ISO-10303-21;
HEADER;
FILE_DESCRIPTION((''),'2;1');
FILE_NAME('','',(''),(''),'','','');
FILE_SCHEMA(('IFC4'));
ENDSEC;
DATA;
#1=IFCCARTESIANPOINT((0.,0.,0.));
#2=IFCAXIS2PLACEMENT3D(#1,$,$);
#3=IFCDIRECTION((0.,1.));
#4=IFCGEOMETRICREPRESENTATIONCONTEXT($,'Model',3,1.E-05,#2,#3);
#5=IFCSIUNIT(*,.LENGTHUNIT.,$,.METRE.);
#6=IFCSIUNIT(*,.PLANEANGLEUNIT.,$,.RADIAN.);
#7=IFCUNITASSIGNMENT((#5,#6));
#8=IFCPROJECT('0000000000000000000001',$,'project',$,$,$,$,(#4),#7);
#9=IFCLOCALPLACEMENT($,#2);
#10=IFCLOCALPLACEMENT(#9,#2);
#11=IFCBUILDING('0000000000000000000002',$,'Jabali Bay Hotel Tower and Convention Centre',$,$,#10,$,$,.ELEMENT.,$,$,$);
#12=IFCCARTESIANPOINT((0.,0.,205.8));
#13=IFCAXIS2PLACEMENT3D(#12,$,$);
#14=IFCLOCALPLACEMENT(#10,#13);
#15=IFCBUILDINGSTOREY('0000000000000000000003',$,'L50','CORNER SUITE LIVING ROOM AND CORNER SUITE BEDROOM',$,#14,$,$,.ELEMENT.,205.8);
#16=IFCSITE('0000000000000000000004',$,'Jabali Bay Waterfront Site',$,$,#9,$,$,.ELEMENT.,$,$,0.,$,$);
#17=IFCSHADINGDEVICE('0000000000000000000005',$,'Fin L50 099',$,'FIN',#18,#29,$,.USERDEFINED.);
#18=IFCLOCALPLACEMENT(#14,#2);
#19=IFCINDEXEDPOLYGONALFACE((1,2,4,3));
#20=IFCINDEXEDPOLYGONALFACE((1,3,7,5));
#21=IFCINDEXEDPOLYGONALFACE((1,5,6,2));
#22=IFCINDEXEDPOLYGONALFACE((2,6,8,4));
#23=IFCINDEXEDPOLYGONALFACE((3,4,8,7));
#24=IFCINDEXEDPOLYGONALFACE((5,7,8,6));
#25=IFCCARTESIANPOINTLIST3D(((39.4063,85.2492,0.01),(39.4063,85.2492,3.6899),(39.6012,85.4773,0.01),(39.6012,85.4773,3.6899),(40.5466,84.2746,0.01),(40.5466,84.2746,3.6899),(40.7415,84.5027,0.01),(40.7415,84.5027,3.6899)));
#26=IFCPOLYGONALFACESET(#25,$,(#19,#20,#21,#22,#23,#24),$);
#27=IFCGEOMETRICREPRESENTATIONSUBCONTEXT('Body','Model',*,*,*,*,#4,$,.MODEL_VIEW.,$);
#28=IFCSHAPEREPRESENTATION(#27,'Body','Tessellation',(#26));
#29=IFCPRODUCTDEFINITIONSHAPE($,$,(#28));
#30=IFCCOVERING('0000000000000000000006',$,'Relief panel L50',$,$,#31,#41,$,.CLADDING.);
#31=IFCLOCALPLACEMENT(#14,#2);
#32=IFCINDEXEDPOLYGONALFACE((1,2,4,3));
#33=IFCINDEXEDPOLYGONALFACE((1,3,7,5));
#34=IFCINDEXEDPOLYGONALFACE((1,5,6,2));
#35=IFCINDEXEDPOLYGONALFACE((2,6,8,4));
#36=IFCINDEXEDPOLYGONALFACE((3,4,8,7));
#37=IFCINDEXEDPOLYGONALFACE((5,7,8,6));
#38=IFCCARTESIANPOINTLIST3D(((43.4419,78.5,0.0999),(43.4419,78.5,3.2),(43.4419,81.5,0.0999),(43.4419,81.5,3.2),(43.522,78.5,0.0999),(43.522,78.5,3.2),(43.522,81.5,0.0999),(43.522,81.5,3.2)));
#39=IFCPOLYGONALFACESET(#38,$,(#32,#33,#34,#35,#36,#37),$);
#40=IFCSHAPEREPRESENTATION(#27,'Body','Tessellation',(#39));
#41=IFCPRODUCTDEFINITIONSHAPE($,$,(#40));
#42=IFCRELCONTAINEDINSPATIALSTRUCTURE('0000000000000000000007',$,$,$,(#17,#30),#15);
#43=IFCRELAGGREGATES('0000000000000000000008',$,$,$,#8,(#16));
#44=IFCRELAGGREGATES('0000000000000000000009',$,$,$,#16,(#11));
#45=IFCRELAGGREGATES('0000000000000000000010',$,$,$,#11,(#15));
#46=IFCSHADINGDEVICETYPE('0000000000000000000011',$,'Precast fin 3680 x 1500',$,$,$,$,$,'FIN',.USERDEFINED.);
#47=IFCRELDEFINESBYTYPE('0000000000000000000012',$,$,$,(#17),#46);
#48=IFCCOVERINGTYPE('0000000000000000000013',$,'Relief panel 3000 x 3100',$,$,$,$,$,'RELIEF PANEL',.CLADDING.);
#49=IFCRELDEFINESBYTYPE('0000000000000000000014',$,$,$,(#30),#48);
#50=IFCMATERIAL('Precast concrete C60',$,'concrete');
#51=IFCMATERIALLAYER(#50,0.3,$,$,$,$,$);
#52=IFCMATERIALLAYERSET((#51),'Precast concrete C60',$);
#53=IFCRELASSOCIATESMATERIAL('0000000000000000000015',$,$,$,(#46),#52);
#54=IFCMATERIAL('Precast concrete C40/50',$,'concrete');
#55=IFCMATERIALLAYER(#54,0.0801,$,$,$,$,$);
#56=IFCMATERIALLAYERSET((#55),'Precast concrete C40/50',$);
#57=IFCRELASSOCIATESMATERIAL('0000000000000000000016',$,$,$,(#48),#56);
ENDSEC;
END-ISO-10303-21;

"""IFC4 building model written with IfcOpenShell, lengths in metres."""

from ifc_helpers import new_model, si_unit, direction, frame, frame_2d, origin, origin_2d, place, context, subcontext, project, spatial, rectangle, extrude, material, layer, layer_set, type_object, element, save


model = new_model("IFC4")

# Units and contexts
model_context = context("Model", 3, precision=1e-05, world=origin(), true_north=direction((0.0, 1.0)))
body_context = subcontext(model_context, "Body", "Model", "MODEL_VIEW")
ifc_project = project(units=[si_unit("LENGTHUNIT", "METRE"), si_unit("PLANEANGLEUNIT", "RADIAN")], contexts=[model_context])

# Site, building, storey
site_placement = place(None, origin())
site = spatial("IfcSite", under=ifc_project, at=site_placement, Name="Jabali Bay Waterfront Site", CompositionType="ELEMENT", RefElevation=0.0)
building_placement = place(site_placement, origin())
building = spatial("IfcBuilding", under=site, at=building_placement, Name="Jabali Bay Hotel Tower and Convention Centre", CompositionType="ELEMENT")
storey_placement = place(building_placement, frame((0.0, 0.0, 205.8)))
storey = spatial("IfcBuildingStorey", under=building, at=storey_placement, Name="L50", Description="CORNER SUITE LIVING ROOM AND CORNER SUITE BEDROOM", CompositionType="ELEMENT", Elevation=205.8)

# Shading device
ifc_material_1 = material(Name="Precast concrete C60", Category="concrete")
ifc_layer_1 = layer(ifc_material_1, 0.3)
ifc_layer_set_1 = layer_set([ifc_layer_1], Name="Precast concrete C60")
shading_device_type_1 = type_object("IfcShadingDeviceType", Name="Precast fin 3680 x 1500", ElementType="FIN", PredefinedType="USERDEFINED", material=ifc_layer_set_1)
for number, where, z_axis, x_axis, name in (
    (1, (40.644, 84.3887, 0.01), (0.0, 0.0, 1.0), (-0.760198, 0.649692, 0.0), "Fin L50 099"),
):
    element("IfcShadingDevice", number, at=place(storey_placement, frame(where, z_axis=z_axis, x_axis=x_axis)), inside=storey, type_object=shading_device_type_1, Name=name, ObjectType="FIN", PredefinedType="USERDEFINED", context=body_context, shape_type="SweptSolid", body=[
        extrude(rectangle(XDim=1.5, YDim=0.3, at=frame_2d((0.75, 0.0))), origin(), (0.0, 0.0, 1.0), 3.6799),
    ])

# Covering
ifc_material_2 = material(Name="Precast concrete C40/50", Category="concrete")
ifc_layer_2 = layer(ifc_material_2, 0.0801)
ifc_layer_set_2 = layer_set([ifc_layer_2], Name="Precast concrete C40/50")
covering_type = type_object("IfcCoveringType", Name="Relief panel 3000 x 3100", ElementType="RELIEF PANEL", PredefinedType="CLADDING", material=ifc_layer_set_2)
covering_placement = place(storey_placement, frame((43.4819, 80.0, 0.0999), z_axis=(0.0, 0.0, 1.0), x_axis=(0.0, 1.0, 0.0)))
element("IfcCovering", 2, at=covering_placement, inside=storey, type_object=covering_type, Name="Relief panel L50", PredefinedType="CLADDING", context=body_context, shape_type="SweptSolid", body=[
    extrude(rectangle(XDim=3.0, YDim=0.0801, at=origin_2d()), origin(), (0.0, 0.0, 1.0), 3.1001),
])

save(model, "model.ifc")
